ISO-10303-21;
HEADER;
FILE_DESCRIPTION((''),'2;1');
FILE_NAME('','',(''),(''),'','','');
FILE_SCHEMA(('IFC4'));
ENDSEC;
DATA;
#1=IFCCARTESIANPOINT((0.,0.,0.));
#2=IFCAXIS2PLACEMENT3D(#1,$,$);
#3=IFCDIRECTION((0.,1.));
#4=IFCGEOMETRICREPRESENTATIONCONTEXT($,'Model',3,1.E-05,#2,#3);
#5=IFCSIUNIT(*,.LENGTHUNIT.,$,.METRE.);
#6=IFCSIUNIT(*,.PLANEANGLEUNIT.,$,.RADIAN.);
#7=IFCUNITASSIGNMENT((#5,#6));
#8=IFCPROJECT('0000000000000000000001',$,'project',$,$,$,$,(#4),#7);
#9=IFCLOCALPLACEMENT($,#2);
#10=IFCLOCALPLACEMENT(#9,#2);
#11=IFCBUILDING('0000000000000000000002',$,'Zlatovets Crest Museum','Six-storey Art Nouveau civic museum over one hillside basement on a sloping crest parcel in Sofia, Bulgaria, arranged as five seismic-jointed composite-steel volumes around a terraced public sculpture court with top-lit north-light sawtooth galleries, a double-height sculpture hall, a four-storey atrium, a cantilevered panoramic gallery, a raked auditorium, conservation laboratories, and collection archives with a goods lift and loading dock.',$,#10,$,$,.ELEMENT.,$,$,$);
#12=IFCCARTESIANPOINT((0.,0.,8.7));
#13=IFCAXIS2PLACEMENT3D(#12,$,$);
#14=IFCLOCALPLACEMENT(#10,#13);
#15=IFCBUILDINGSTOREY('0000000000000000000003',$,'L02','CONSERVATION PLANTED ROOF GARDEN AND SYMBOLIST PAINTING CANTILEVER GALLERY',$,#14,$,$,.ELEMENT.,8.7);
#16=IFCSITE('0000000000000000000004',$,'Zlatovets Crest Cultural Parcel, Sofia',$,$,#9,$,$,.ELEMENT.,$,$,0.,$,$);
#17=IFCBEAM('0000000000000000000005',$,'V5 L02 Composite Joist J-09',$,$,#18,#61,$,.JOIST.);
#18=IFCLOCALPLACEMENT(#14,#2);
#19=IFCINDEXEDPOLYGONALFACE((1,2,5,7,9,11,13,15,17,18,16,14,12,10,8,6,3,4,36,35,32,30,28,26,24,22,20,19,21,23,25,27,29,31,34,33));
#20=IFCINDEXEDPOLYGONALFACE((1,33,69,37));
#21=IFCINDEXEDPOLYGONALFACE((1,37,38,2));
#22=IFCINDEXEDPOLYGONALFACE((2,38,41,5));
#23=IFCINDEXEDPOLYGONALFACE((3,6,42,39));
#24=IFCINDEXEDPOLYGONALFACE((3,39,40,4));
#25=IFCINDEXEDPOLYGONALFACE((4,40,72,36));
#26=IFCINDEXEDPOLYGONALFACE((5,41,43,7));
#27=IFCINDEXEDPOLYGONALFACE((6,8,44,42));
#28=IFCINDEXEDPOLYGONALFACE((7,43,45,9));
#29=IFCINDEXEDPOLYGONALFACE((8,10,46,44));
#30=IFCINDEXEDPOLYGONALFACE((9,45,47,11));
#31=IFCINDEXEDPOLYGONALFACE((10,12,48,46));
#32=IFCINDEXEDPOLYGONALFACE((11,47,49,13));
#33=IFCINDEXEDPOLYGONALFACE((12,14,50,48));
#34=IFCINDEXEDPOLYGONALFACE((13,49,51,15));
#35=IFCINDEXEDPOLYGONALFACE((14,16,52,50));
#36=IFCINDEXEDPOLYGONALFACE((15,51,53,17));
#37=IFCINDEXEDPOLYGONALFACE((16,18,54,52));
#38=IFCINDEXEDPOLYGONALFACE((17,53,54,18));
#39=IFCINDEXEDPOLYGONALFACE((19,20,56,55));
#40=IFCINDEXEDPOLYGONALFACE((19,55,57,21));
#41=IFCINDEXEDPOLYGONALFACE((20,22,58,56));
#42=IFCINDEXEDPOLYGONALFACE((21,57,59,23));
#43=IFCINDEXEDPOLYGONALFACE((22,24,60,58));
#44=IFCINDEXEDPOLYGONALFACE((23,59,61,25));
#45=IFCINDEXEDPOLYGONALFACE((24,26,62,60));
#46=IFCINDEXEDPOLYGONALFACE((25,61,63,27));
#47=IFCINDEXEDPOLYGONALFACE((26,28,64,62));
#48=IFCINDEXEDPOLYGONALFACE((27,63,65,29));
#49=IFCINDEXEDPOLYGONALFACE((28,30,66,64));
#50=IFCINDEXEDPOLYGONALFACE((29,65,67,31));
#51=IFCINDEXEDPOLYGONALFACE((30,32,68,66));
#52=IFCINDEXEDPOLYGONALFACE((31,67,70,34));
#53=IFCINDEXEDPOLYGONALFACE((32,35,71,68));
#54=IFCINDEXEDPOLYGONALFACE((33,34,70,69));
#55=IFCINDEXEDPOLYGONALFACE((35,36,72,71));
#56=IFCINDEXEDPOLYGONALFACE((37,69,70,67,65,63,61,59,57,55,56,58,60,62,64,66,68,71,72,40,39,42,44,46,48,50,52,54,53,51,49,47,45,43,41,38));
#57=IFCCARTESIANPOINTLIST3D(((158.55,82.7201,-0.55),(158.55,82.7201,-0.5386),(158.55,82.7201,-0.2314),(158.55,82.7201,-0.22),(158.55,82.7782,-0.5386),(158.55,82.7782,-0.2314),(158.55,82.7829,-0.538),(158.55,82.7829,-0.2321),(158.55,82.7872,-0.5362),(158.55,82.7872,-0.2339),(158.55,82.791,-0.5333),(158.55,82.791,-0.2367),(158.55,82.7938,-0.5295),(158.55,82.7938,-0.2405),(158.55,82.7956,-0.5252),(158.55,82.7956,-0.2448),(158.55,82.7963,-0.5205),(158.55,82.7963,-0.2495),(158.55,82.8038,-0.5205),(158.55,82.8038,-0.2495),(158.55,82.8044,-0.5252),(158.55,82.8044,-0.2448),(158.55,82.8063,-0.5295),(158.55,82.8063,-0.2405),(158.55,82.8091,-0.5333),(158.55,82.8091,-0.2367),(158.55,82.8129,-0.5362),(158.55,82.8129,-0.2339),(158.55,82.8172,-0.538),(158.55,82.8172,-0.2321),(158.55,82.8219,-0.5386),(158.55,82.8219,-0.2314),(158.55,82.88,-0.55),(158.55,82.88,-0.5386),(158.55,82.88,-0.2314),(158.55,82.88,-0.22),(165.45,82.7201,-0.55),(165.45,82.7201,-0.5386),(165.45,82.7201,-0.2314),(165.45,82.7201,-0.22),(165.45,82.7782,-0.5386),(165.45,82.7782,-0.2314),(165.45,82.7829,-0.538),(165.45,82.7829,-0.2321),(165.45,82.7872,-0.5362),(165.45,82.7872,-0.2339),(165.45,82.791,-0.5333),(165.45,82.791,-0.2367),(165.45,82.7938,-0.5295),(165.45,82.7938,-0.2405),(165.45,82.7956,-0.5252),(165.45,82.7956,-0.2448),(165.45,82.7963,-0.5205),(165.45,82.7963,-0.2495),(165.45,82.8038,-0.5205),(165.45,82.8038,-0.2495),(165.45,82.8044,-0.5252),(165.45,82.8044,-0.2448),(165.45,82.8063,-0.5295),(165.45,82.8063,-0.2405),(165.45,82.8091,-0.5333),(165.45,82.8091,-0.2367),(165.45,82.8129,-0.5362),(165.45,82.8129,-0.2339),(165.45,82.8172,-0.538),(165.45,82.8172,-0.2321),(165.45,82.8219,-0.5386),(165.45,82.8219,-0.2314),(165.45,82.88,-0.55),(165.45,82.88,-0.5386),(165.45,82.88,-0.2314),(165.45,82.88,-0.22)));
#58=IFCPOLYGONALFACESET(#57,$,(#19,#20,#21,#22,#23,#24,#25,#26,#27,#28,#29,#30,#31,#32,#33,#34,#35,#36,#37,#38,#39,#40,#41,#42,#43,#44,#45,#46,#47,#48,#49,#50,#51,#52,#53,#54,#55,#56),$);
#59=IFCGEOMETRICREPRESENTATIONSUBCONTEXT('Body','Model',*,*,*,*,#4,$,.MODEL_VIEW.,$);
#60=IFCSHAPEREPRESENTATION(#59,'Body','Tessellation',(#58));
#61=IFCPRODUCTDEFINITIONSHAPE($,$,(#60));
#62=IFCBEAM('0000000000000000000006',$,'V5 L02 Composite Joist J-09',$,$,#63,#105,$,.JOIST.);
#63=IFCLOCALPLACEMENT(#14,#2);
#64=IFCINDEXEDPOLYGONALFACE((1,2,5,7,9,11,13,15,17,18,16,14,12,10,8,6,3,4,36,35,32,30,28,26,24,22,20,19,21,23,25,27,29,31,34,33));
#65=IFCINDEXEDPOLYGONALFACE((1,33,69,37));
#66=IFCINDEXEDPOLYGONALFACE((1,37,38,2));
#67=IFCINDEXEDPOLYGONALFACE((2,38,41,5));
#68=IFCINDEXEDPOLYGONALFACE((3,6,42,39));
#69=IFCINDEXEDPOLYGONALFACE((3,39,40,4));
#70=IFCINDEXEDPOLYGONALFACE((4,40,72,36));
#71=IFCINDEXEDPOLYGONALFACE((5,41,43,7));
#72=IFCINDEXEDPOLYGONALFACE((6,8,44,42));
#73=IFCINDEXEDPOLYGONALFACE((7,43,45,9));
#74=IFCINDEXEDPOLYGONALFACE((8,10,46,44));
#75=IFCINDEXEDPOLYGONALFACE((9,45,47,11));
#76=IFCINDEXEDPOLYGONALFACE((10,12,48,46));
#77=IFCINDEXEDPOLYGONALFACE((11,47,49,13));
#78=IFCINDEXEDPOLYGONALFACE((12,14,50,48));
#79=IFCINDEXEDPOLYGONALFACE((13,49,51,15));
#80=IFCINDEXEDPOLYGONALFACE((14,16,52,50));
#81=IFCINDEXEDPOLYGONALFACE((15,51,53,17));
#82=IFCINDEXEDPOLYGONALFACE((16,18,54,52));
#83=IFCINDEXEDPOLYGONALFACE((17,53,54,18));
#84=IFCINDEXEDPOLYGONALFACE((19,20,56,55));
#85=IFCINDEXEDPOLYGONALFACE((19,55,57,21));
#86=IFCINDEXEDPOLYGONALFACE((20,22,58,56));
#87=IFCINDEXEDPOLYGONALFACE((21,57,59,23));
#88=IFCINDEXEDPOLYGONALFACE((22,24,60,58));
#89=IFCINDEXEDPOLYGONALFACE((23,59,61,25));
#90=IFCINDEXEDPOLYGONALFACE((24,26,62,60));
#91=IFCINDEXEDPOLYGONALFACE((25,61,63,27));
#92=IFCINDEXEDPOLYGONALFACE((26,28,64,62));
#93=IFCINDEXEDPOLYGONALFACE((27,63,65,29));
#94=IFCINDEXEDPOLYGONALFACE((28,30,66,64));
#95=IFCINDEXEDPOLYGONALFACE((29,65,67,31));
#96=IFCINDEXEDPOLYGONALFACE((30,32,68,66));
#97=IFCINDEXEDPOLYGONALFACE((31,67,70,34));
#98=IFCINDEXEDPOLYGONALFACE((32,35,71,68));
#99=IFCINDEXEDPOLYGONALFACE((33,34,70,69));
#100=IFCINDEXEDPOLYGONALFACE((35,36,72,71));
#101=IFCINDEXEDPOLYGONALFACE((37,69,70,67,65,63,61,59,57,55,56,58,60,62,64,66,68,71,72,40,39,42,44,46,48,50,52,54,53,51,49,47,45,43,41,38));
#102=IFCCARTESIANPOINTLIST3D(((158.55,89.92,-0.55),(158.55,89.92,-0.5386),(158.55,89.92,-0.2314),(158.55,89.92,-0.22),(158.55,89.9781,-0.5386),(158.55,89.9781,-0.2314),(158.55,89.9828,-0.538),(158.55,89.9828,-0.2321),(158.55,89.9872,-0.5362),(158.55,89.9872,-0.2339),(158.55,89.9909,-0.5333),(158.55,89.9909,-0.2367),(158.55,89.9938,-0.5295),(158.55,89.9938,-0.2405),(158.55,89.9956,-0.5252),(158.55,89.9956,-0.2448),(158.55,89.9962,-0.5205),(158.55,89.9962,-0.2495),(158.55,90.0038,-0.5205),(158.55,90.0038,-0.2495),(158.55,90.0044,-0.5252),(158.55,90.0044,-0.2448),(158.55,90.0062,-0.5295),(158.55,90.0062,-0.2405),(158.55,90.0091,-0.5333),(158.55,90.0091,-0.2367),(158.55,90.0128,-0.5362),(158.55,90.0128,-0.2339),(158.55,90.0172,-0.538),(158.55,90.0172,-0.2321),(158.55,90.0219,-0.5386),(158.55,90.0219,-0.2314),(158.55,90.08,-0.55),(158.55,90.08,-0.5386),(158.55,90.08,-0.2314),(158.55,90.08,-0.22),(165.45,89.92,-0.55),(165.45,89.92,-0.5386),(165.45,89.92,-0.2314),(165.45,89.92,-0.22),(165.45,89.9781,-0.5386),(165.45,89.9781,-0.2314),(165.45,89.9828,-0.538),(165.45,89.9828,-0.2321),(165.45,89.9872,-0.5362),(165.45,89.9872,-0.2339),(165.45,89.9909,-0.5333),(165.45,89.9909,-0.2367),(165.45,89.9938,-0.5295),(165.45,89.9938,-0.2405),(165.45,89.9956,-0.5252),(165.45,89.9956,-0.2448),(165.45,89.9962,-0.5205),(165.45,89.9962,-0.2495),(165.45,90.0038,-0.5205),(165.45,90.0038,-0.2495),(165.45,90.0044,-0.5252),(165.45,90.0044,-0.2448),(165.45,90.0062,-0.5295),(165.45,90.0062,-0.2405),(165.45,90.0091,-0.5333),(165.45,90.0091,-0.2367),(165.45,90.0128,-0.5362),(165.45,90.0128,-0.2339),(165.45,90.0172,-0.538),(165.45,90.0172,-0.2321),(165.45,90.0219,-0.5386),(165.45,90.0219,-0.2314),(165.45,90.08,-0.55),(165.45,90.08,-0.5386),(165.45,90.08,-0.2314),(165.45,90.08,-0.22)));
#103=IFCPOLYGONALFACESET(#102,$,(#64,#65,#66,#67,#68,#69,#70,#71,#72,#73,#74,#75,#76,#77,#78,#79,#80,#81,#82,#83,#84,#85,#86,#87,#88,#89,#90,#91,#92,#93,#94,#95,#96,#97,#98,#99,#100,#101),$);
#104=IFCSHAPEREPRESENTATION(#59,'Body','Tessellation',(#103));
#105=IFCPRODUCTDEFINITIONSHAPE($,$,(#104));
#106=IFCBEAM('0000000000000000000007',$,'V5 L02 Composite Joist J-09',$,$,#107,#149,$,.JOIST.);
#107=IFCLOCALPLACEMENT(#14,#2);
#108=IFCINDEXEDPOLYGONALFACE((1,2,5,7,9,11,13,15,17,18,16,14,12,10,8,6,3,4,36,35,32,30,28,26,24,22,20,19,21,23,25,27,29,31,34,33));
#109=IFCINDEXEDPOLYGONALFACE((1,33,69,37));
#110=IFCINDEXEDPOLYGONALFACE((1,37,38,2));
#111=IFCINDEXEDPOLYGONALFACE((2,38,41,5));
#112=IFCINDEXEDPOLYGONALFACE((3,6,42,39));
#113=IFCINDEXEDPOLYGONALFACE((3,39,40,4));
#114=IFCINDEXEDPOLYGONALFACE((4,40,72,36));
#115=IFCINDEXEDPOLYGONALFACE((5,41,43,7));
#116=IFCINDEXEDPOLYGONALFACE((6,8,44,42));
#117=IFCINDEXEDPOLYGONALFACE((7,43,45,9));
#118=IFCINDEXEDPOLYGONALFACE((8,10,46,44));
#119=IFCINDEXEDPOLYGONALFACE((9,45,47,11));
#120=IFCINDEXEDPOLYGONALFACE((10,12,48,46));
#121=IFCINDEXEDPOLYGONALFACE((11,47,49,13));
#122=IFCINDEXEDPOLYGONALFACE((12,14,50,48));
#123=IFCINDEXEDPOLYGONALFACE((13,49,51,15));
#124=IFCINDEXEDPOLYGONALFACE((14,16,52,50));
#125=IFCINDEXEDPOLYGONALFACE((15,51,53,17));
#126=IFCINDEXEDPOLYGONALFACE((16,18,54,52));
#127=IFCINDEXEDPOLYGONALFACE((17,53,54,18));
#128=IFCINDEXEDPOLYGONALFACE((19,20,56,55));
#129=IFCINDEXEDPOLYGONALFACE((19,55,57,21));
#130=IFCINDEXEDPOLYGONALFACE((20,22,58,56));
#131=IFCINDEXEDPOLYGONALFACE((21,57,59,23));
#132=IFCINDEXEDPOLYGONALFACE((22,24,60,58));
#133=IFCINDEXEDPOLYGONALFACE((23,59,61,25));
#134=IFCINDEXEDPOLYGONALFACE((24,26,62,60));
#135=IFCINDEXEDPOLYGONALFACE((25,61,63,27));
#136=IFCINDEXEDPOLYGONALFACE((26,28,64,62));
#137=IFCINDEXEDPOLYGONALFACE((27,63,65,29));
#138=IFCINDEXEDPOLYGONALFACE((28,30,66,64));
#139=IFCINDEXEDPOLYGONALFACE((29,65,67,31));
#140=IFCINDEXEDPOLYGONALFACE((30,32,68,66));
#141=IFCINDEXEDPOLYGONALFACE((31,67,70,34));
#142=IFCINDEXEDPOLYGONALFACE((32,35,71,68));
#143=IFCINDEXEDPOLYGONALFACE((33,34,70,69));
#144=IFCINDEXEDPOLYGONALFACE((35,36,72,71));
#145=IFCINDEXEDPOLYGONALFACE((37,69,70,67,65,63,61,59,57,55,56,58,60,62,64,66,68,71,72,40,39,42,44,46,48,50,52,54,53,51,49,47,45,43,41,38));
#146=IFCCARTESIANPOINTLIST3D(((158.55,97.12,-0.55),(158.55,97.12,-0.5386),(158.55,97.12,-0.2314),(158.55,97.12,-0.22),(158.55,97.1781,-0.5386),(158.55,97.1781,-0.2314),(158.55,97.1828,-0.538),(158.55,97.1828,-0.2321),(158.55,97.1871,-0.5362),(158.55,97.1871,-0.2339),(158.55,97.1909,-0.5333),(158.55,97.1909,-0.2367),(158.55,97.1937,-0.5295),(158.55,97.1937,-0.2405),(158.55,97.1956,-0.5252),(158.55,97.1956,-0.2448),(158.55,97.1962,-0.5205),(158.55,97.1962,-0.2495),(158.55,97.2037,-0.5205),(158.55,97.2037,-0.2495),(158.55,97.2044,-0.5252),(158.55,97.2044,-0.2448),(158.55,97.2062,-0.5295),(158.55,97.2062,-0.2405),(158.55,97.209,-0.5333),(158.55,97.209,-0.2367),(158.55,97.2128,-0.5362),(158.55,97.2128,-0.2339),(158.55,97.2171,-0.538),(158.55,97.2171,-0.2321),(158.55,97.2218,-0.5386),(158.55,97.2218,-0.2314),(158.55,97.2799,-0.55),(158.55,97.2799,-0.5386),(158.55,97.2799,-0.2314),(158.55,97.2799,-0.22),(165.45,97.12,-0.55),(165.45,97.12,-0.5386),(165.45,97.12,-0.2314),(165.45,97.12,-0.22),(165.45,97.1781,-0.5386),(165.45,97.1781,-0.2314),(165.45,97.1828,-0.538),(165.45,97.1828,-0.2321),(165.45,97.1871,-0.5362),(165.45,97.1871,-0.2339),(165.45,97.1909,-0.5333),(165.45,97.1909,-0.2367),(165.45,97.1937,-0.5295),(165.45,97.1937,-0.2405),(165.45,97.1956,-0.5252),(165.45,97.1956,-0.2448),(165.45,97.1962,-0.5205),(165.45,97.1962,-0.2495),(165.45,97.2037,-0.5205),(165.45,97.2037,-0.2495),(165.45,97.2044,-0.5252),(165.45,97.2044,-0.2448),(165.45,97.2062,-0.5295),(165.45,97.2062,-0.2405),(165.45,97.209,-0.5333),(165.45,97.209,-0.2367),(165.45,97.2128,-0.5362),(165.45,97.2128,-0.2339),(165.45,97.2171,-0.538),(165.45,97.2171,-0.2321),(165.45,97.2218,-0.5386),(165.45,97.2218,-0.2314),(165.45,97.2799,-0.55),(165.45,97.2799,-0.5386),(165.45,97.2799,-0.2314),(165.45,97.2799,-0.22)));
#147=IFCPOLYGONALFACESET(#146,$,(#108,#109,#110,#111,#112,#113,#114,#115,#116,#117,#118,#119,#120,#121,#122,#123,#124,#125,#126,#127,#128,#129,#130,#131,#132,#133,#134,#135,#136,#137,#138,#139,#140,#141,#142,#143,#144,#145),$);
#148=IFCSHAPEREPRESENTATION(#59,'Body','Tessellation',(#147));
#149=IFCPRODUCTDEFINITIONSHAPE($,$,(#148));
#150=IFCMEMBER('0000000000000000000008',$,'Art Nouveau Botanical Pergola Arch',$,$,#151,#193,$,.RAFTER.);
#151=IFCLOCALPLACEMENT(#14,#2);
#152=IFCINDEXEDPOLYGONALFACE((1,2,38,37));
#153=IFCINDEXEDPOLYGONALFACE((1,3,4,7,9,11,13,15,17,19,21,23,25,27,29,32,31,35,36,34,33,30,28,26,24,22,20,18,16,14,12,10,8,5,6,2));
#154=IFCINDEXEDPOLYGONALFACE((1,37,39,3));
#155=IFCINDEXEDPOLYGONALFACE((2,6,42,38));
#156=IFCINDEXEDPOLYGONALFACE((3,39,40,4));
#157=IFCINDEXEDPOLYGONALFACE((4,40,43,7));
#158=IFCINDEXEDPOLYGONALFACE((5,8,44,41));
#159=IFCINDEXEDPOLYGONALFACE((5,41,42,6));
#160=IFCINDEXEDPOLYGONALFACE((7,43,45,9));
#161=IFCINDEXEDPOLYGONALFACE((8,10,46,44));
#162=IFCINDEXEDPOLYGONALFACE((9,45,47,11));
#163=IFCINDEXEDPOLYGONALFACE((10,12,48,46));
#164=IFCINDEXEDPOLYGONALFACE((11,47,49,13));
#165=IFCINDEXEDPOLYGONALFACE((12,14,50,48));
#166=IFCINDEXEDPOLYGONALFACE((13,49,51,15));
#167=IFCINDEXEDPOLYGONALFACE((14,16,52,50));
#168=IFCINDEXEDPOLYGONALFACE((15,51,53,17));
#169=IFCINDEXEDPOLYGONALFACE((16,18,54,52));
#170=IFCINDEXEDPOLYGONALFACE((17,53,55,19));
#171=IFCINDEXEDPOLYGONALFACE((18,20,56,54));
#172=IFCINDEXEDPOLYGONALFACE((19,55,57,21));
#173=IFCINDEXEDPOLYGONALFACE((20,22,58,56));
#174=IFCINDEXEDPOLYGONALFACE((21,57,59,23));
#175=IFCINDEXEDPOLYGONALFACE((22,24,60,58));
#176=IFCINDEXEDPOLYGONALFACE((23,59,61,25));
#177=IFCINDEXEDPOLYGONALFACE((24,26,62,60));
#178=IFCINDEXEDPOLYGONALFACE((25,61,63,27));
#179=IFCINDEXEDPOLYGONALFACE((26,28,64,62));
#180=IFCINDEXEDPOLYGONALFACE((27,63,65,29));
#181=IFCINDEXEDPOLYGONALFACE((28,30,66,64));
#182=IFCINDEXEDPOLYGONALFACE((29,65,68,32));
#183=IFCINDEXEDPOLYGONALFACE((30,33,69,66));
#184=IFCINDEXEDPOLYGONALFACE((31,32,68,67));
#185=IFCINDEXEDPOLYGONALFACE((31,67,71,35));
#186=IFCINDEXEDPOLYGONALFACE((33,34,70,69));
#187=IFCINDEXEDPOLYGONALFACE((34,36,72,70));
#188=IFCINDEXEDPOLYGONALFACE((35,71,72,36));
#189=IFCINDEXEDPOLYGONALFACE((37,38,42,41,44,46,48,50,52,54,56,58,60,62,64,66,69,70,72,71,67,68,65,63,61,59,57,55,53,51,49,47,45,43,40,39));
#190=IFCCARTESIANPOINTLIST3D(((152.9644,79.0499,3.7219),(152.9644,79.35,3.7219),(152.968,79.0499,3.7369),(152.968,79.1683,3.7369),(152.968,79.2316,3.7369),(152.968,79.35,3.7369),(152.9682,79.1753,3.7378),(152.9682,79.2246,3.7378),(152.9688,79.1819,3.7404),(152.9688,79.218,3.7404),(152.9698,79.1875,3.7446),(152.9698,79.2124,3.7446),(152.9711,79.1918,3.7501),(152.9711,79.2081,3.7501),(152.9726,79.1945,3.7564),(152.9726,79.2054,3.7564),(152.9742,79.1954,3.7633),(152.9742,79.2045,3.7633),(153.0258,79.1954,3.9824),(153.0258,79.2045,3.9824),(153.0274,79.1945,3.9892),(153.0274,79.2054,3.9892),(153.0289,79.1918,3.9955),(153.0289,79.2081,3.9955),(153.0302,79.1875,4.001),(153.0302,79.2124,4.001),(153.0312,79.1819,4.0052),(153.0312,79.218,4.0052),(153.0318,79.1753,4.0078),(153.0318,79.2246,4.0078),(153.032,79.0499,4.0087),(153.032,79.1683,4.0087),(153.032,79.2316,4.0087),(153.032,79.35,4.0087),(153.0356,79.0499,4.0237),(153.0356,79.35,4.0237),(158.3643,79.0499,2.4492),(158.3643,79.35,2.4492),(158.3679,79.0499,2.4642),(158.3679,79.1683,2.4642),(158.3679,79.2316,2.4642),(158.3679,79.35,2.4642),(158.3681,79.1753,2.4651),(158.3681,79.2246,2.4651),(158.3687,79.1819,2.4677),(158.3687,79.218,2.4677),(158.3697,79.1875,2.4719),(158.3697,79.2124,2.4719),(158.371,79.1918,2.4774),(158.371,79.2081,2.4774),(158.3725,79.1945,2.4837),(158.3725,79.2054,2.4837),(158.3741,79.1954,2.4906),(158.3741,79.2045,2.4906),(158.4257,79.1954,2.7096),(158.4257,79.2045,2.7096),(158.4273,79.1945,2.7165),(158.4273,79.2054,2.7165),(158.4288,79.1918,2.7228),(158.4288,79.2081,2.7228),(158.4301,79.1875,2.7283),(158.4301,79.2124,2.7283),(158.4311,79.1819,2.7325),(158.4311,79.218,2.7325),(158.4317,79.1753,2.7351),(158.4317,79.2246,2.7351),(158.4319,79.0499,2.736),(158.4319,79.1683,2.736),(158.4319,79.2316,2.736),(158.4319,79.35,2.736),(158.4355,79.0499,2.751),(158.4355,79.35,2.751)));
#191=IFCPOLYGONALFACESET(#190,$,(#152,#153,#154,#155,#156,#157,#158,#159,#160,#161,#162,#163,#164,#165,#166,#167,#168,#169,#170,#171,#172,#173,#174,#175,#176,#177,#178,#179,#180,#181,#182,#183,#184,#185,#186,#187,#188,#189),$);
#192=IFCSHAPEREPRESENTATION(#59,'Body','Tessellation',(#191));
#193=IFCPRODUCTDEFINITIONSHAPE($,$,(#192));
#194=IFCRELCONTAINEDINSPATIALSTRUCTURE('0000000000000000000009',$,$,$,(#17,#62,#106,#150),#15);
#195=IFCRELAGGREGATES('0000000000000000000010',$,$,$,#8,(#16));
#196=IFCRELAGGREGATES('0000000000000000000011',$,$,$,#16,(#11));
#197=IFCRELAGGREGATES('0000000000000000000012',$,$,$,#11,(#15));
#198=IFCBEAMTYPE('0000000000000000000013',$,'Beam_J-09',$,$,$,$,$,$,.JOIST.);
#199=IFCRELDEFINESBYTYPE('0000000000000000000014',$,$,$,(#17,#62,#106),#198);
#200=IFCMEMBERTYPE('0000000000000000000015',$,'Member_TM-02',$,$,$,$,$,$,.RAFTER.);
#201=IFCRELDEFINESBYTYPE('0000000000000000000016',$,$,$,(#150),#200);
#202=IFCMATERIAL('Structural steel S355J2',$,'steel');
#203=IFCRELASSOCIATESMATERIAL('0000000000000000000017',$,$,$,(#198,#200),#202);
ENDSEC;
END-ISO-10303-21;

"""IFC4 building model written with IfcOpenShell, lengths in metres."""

from ifc_helpers import new_model, si_unit, direction, frame, origin, origin_2d, place, context, subcontext, project, spatial, i_section, extrude, material, material_profile, profile_set, type_object, element, save


model = new_model("IFC4")

# Units and contexts
model_context = context("Model", 3, precision=1e-05, world=origin(), true_north=direction((0.0, 1.0)))
body_context = subcontext(model_context, "Body", "Model", "MODEL_VIEW")
ifc_project = project(units=[si_unit("LENGTHUNIT", "METRE"), si_unit("PLANEANGLEUNIT", "RADIAN")], contexts=[model_context])

# Site, building, storey
site_placement = place(None, origin())
site = spatial("IfcSite", under=ifc_project, at=site_placement, Name="Zlatovets Crest Cultural Parcel, Sofia", CompositionType="ELEMENT", RefElevation=0.0)
building_placement = place(site_placement, origin())
building = spatial("IfcBuilding", under=site, at=building_placement, Name="Zlatovets Crest Museum", Description="Six-storey Art Nouveau civic museum over one hillside basement on a sloping crest parcel in Sofia, Bulgaria, arranged as five seismic-jointed composite-steel volumes around a terraced public sculpture court with top-lit north-light sawtooth galleries, a double-height sculpture hall, a four-storey atrium, a cantilevered panoramic gallery, a raked auditorium, conservation laboratories, and collection archives with a goods lift and loading dock.", CompositionType="ELEMENT")
storey_placement = place(building_placement, frame((0.0, 0.0, 8.7)))
storey = spatial("IfcBuildingStorey", under=building, at=storey_placement, Name="L02", Description="CONSERVATION PLANTED ROOF GARDEN AND SYMBOLIST PAINTING CANTILEVER GALLERY", CompositionType="ELEMENT", Elevation=8.7)

# Shared definitions
ifc_material = material(Name="Structural steel S355J2", Category="steel")

# Beams
ifc_material_profile_1 = material_profile(ifc_material, i_section(OverallWidth=0.1599, OverallDepth=0.3301, WebThickness=0.0076, FlangeThickness=0.0115, FilletRadius=0.0181, at=origin_2d()), Name="IPE 330")
ifc_profile_set_1 = profile_set([ifc_material_profile_1], Name="Structural steel S355J2")
beam_type_1 = type_object("IfcBeamType", Name="Beam_J-09", PredefinedType="JOIST", material=ifc_profile_set_1)
for number, where, z_axis, x_axis, name in (
    (1, (158.55, 82.8, -0.385), (1.0, 0.0, 0.0), (0.0, 1.0, 0.0), "V5 L02 Composite Joist J-09"),
    (2, (158.55, 90.0, -0.385), (1.0, 0.0, 0.0), (0.0, 1.0, 0.0), "V5 L02 Composite Joist J-09"),
    (3, (158.55, 97.2, -0.385), (1.0, 0.0, 0.0), (0.0, 1.0, 0.0), "V5 L02 Composite Joist J-09"),
):
    element("IfcBeam", number, at=place(storey_placement, frame(where, z_axis=z_axis, x_axis=x_axis)), inside=storey, type_object=beam_type_1, Name=name, PredefinedType="JOIST", context=body_context, shape_type="SweptSolid", body=[
        extrude(i_section(OverallWidth=0.1599, OverallDepth=0.3301, WebThickness=0.0076, FlangeThickness=0.0115, FilletRadius=0.0181, at=origin_2d()), origin(), (0.0, 0.0, 1.0), 6.8999),
    ])

# Member
ifc_material_profile_2 = material_profile(ifc_material, i_section(OverallWidth=0.3, OverallDepth=0.3101, WebThickness=0.009, FlangeThickness=0.0154, FilletRadius=0.0271, at=origin_2d()), Name="HEA 320")
ifc_profile_set_2 = profile_set([ifc_material_profile_2], Name="Structural steel S355J2")
member_type_1 = type_object("IfcMemberType", Name="Member_TM-02", PredefinedType="RAFTER", material=ifc_profile_set_2)
for number, where, z_axis, x_axis, name in (
    (4, (153.0, 79.2, 3.8728), (0.973331, 0.0, -0.229405), (0.0, 1.0, 0.0), "Art Nouveau Botanical Pergola Arch"),
):
    element("IfcMember", number, at=place(storey_placement, frame(where, z_axis=z_axis, x_axis=x_axis)), inside=storey, type_object=member_type_1, Name=name, PredefinedType="RAFTER", context=body_context, shape_type="SweptSolid", body=[
        extrude(i_section(OverallWidth=0.3, OverallDepth=0.3101, WebThickness=0.009, FlangeThickness=0.0154, FilletRadius=0.0271, at=origin_2d()), origin(), (0.0, 0.0, 1.0), 5.5479),
    ])

save(model, "model.ifc")
